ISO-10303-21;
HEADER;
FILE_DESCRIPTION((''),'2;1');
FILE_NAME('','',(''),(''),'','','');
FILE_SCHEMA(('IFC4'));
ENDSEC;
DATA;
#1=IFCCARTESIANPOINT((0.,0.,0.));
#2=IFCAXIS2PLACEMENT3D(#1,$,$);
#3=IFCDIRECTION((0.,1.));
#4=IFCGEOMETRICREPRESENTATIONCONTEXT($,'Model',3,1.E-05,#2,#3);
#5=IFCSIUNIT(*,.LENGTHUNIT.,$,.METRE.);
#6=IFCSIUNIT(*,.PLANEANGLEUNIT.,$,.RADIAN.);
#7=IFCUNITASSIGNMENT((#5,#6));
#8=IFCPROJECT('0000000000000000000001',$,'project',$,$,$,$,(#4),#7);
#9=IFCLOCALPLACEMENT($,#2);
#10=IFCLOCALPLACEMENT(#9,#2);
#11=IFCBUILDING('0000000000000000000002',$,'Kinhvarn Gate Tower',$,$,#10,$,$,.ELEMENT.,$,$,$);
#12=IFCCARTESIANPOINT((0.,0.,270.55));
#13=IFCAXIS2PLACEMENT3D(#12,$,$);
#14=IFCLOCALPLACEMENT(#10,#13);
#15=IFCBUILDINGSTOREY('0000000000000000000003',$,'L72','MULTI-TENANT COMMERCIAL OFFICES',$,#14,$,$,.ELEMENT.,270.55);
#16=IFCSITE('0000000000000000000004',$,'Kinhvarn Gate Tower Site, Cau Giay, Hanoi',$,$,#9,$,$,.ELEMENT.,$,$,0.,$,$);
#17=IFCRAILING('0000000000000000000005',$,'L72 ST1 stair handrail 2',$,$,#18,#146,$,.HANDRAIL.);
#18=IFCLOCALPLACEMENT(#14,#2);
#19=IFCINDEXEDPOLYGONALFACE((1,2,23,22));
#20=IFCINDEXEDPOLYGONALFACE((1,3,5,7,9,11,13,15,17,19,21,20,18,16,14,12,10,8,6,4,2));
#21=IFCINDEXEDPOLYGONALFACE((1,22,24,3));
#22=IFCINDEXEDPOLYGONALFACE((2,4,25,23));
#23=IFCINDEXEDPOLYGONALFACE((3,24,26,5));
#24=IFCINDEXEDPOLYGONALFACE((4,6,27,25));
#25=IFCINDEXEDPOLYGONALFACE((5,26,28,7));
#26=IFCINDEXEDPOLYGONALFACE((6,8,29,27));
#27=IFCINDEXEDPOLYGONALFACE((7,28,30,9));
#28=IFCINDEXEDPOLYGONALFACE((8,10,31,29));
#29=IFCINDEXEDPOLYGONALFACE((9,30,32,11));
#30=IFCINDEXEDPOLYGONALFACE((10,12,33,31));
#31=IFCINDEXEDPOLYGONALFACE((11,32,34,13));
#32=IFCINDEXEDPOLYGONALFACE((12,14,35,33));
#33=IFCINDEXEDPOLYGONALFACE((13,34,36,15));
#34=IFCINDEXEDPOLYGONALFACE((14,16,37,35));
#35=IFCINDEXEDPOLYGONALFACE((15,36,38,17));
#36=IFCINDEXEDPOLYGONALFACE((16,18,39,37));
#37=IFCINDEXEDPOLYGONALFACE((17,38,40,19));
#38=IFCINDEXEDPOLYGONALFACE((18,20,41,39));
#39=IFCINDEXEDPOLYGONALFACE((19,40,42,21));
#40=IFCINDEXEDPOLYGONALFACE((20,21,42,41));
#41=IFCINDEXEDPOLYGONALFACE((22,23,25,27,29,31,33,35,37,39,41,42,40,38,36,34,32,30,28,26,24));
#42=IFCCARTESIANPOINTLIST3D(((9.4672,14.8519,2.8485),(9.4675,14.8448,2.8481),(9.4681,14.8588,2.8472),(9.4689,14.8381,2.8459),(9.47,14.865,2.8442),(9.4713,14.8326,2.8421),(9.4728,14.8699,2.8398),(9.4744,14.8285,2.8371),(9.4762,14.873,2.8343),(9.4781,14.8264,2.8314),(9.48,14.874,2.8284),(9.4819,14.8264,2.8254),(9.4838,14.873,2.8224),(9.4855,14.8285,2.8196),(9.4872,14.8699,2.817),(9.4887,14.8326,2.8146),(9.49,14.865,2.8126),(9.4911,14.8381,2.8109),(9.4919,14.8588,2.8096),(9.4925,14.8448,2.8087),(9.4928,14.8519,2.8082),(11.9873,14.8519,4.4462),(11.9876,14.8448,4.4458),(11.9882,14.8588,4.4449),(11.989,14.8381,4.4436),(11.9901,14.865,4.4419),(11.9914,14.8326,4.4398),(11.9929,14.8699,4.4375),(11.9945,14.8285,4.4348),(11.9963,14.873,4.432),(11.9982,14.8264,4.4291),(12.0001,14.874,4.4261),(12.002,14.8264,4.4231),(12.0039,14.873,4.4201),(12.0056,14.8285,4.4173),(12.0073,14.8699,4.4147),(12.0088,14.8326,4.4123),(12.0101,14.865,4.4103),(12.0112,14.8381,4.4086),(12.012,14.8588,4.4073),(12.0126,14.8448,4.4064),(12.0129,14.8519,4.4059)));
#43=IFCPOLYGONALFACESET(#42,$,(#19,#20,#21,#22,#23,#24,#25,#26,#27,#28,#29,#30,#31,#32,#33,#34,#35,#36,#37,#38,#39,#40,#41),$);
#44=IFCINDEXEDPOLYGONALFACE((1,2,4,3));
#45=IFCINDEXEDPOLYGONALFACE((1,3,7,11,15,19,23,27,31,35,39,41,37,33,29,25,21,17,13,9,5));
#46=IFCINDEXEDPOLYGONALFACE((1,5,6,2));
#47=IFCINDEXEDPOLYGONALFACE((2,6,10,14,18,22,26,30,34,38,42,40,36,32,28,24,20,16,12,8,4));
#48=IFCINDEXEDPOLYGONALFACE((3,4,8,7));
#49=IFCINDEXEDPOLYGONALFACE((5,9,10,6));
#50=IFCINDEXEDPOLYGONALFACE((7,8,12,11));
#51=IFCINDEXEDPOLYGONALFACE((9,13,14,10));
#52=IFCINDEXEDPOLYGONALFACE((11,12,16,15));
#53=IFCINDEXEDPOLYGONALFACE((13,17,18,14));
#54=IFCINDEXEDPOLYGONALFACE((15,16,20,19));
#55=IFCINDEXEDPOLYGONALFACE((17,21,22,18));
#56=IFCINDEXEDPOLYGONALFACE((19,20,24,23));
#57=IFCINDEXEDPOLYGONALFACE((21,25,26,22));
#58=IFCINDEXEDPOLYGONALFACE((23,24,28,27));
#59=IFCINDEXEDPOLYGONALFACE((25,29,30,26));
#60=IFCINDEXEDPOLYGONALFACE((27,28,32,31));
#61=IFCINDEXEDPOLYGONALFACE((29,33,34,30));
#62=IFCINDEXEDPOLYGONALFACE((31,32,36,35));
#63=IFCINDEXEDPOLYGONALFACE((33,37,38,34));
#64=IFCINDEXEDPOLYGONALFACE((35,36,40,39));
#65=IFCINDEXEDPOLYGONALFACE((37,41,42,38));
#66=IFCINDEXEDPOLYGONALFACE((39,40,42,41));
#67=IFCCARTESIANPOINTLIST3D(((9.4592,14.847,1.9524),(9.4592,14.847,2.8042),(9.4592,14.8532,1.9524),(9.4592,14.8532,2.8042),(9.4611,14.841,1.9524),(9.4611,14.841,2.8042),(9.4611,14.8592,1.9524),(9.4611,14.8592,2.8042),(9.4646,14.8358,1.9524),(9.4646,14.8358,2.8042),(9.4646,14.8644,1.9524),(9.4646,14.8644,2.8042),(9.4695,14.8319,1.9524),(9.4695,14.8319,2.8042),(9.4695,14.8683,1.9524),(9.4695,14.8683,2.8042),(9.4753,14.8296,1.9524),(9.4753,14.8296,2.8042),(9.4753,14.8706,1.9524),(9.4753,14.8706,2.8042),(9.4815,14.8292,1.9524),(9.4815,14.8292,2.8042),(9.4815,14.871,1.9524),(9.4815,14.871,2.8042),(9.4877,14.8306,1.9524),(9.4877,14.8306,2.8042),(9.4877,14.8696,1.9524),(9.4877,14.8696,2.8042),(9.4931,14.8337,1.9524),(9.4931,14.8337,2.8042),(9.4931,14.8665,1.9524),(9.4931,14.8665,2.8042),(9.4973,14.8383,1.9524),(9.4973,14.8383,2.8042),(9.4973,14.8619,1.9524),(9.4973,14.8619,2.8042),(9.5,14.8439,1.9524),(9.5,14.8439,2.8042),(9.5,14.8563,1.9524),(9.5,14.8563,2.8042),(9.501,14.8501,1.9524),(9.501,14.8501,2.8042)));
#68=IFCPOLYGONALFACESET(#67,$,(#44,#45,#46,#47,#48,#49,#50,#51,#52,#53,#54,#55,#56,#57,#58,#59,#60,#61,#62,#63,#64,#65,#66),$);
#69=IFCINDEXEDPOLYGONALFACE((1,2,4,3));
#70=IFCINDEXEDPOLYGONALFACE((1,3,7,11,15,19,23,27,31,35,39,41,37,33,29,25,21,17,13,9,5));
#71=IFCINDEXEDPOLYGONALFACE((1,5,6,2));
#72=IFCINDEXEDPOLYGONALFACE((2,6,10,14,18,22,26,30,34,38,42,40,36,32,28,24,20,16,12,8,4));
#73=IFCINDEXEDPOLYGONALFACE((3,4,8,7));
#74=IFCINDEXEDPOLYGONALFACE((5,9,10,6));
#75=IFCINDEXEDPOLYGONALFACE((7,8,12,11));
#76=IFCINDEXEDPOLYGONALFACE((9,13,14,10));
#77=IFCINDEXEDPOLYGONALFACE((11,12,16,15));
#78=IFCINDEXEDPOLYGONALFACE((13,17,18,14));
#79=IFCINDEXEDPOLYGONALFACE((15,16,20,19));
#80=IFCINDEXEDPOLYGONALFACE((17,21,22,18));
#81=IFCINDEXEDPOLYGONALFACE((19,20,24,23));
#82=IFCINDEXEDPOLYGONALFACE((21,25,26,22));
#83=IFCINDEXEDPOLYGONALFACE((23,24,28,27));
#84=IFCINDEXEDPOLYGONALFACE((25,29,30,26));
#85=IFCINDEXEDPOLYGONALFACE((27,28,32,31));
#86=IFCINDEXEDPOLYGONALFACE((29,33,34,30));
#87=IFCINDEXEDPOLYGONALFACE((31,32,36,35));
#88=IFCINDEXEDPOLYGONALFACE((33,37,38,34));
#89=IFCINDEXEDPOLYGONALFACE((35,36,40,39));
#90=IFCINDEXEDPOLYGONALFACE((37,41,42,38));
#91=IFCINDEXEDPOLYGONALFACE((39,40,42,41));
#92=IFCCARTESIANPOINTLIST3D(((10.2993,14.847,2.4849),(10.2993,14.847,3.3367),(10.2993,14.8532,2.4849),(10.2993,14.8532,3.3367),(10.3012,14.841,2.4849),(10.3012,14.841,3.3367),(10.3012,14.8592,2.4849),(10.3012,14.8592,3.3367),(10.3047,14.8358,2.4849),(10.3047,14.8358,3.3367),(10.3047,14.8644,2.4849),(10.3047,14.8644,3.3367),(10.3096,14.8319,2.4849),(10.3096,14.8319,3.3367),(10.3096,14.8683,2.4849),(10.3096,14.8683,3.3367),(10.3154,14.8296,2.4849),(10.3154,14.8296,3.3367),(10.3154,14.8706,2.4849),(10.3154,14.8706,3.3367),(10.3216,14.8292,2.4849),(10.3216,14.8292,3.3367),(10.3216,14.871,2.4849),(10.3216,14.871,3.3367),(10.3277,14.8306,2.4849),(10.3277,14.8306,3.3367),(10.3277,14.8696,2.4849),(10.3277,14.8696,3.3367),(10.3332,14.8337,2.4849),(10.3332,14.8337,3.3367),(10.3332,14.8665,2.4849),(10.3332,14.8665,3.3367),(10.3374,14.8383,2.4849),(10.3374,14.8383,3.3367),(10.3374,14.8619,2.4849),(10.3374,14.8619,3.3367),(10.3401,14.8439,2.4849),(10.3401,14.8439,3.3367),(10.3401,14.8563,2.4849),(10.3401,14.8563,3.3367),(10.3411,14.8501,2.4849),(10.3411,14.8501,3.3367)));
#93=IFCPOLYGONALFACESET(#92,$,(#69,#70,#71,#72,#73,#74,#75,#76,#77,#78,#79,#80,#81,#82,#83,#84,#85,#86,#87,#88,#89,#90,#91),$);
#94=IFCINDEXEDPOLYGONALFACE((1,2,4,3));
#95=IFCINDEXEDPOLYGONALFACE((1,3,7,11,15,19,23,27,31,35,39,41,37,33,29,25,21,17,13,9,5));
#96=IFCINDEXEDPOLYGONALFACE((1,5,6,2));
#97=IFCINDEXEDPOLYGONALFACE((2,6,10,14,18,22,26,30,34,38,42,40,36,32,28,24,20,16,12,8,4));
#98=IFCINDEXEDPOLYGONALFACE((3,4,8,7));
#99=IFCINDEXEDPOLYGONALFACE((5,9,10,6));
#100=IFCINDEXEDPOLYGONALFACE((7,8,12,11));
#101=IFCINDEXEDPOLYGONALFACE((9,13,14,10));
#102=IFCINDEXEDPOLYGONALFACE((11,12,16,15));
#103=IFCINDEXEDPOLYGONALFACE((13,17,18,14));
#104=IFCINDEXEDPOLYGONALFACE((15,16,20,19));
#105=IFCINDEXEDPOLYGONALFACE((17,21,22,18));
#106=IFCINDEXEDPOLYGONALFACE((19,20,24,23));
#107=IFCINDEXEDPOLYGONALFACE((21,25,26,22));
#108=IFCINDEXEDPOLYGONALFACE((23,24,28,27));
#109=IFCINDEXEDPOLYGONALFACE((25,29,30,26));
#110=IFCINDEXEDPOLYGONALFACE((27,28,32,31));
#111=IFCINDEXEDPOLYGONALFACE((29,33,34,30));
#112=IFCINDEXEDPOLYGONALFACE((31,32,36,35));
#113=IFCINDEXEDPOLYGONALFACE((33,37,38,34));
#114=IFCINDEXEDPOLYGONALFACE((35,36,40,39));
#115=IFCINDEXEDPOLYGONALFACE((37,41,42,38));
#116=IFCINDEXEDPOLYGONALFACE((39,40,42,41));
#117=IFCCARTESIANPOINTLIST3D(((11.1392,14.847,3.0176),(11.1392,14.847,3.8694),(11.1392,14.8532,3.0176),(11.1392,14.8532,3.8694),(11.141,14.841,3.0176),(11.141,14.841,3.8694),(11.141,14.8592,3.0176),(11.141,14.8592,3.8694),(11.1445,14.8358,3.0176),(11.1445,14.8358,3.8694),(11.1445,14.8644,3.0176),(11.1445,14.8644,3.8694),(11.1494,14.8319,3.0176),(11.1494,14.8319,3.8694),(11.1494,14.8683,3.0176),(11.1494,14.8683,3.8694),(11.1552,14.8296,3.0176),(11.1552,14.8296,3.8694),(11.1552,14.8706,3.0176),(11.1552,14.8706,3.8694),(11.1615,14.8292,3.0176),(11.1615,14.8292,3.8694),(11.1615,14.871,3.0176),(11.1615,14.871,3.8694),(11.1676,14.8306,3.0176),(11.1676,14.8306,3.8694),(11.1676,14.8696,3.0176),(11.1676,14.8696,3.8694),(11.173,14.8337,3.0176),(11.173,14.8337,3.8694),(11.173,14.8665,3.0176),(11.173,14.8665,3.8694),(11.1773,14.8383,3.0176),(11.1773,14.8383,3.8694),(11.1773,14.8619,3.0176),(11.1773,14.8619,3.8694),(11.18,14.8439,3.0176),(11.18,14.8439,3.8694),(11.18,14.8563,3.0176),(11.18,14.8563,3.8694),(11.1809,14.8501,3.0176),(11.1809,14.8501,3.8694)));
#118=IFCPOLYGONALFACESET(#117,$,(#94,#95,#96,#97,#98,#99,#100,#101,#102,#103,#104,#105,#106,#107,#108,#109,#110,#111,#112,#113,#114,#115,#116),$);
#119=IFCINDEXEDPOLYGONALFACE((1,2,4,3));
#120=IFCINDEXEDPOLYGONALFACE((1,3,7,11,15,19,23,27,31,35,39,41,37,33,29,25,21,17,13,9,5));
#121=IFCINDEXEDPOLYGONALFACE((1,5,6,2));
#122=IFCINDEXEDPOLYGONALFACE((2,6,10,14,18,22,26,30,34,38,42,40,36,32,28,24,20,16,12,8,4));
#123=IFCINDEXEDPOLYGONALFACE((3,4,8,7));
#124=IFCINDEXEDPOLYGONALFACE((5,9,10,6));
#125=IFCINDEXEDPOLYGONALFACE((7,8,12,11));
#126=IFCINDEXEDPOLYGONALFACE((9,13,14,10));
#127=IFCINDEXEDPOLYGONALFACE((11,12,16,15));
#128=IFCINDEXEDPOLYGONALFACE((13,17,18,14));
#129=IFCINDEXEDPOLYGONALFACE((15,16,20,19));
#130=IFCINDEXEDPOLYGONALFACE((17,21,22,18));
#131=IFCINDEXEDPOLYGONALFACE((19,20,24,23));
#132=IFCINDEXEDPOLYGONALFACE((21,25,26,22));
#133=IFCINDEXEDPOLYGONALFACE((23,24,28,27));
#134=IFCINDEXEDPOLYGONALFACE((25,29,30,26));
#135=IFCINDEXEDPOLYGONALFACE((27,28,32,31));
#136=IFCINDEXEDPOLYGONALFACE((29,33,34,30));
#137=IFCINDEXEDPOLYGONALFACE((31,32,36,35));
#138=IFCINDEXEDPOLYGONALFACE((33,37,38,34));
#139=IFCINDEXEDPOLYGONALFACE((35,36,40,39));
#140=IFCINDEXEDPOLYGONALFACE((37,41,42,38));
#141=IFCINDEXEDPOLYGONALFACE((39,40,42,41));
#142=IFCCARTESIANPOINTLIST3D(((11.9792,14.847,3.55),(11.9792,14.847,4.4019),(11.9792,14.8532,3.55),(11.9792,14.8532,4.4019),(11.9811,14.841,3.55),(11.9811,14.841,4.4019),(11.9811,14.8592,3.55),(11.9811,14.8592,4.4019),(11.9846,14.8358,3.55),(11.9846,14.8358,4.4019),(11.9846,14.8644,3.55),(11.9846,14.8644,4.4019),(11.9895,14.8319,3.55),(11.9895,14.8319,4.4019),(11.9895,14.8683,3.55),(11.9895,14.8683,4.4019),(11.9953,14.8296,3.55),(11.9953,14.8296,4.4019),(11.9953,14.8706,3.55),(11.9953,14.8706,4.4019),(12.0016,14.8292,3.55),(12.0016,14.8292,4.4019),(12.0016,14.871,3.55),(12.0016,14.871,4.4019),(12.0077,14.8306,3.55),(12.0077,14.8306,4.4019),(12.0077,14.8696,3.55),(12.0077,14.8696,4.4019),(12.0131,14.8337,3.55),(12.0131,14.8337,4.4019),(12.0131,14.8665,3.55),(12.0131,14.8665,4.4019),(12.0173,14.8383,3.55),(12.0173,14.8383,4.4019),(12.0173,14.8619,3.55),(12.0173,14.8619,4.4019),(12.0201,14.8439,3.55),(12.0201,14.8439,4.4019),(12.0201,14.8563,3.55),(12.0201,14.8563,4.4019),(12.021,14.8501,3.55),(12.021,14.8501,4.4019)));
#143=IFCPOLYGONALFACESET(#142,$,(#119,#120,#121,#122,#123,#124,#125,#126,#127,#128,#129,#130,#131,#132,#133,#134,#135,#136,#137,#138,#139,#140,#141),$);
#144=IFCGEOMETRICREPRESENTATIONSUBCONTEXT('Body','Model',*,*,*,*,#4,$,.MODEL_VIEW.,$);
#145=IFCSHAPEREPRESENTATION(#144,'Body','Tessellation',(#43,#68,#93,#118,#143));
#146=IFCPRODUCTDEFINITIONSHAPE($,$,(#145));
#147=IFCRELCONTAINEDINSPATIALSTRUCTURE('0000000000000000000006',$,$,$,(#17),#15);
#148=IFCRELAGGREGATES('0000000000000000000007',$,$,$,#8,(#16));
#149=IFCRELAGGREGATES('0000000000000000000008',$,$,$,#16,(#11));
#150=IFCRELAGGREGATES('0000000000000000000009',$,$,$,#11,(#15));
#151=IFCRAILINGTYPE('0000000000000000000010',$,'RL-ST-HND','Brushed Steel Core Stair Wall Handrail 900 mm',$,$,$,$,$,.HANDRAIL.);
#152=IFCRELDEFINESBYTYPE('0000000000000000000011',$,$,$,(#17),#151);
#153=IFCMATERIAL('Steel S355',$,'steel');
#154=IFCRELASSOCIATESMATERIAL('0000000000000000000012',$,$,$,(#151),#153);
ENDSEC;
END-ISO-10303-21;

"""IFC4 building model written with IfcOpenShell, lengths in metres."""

from ifc_helpers import new_model, si_unit, direction, frame, origin, origin_2d, place, context, subcontext, project, spatial, circle, extrude, material, type_object, element, save


model = new_model("IFC4")

# Units and contexts
model_context = context("Model", 3, precision=1e-05, world=origin(), true_north=direction((0.0, 1.0)))
body_context = subcontext(model_context, "Body", "Model", "MODEL_VIEW")
ifc_project = project(units=[si_unit("LENGTHUNIT", "METRE"), si_unit("PLANEANGLEUNIT", "RADIAN")], contexts=[model_context])

# Site, building, storey
site_placement = place(None, origin())
site = spatial("IfcSite", under=ifc_project, at=site_placement, Name="Kinhvarn Gate Tower Site, Cau Giay, Hanoi", CompositionType="ELEMENT", RefElevation=0.0)
building_placement = place(site_placement, origin())
building = spatial("IfcBuilding", under=site, at=building_placement, Name="Kinhvarn Gate Tower", CompositionType="ELEMENT")
storey_placement = place(building_placement, frame((0.0, 0.0, 270.55)))
storey = spatial("IfcBuildingStorey", under=building, at=storey_placement, Name="L72", Description="MULTI-TENANT COMMERCIAL OFFICES", CompositionType="ELEMENT", Elevation=270.55)

# Shared definitions
ifc_material_1 = material(Name="Steel S355", Category="steel")

# Railing
railing_type_1 = type_object("IfcRailingType", Name="RL-ST-HND", Description="Brushed Steel Core Stair Wall Handrail 900 mm", PredefinedType="HANDRAIL", material=ifc_material_1)
railing_1_placement = place(storey_placement, frame((9.48, 14.8501, 1.9524)))
element("IfcRailing", 1, at=railing_1_placement, inside=storey, type_object=railing_type_1, Name="L72 ST1 stair handrail 2", PredefinedType="HANDRAIL", context=body_context, shape_type="SweptSolid", body=[
    extrude(circle(Radius=0.0239, at=origin_2d()), frame((0.0, 0.0, 0.876), z_axis=(0.84457, 0.0, 0.535445), x_axis=(0.0, 1.0, 0.0)), (0.0, 0.0, 1.0), 2.9839),
    extrude(circle(Radius=0.021, at=origin_2d()), origin(), (0.0, 0.0, 1.0), 0.8518),
    extrude(circle(Radius=0.021, at=origin_2d()), frame((0.8401, 0.0, 0.5325)), (0.0, 0.0, 1.0), 0.8518),
    extrude(circle(Radius=0.021, at=origin_2d()), frame((1.6799, 0.0, 1.0652)), (0.0, 0.0, 1.0), 0.8518),
    extrude(circle(Radius=0.021, at=origin_2d()), frame((2.52, 0.0, 1.5977)), (0.0, 0.0, 1.0), 0.8518),
])

save(model, "model.ifc")
